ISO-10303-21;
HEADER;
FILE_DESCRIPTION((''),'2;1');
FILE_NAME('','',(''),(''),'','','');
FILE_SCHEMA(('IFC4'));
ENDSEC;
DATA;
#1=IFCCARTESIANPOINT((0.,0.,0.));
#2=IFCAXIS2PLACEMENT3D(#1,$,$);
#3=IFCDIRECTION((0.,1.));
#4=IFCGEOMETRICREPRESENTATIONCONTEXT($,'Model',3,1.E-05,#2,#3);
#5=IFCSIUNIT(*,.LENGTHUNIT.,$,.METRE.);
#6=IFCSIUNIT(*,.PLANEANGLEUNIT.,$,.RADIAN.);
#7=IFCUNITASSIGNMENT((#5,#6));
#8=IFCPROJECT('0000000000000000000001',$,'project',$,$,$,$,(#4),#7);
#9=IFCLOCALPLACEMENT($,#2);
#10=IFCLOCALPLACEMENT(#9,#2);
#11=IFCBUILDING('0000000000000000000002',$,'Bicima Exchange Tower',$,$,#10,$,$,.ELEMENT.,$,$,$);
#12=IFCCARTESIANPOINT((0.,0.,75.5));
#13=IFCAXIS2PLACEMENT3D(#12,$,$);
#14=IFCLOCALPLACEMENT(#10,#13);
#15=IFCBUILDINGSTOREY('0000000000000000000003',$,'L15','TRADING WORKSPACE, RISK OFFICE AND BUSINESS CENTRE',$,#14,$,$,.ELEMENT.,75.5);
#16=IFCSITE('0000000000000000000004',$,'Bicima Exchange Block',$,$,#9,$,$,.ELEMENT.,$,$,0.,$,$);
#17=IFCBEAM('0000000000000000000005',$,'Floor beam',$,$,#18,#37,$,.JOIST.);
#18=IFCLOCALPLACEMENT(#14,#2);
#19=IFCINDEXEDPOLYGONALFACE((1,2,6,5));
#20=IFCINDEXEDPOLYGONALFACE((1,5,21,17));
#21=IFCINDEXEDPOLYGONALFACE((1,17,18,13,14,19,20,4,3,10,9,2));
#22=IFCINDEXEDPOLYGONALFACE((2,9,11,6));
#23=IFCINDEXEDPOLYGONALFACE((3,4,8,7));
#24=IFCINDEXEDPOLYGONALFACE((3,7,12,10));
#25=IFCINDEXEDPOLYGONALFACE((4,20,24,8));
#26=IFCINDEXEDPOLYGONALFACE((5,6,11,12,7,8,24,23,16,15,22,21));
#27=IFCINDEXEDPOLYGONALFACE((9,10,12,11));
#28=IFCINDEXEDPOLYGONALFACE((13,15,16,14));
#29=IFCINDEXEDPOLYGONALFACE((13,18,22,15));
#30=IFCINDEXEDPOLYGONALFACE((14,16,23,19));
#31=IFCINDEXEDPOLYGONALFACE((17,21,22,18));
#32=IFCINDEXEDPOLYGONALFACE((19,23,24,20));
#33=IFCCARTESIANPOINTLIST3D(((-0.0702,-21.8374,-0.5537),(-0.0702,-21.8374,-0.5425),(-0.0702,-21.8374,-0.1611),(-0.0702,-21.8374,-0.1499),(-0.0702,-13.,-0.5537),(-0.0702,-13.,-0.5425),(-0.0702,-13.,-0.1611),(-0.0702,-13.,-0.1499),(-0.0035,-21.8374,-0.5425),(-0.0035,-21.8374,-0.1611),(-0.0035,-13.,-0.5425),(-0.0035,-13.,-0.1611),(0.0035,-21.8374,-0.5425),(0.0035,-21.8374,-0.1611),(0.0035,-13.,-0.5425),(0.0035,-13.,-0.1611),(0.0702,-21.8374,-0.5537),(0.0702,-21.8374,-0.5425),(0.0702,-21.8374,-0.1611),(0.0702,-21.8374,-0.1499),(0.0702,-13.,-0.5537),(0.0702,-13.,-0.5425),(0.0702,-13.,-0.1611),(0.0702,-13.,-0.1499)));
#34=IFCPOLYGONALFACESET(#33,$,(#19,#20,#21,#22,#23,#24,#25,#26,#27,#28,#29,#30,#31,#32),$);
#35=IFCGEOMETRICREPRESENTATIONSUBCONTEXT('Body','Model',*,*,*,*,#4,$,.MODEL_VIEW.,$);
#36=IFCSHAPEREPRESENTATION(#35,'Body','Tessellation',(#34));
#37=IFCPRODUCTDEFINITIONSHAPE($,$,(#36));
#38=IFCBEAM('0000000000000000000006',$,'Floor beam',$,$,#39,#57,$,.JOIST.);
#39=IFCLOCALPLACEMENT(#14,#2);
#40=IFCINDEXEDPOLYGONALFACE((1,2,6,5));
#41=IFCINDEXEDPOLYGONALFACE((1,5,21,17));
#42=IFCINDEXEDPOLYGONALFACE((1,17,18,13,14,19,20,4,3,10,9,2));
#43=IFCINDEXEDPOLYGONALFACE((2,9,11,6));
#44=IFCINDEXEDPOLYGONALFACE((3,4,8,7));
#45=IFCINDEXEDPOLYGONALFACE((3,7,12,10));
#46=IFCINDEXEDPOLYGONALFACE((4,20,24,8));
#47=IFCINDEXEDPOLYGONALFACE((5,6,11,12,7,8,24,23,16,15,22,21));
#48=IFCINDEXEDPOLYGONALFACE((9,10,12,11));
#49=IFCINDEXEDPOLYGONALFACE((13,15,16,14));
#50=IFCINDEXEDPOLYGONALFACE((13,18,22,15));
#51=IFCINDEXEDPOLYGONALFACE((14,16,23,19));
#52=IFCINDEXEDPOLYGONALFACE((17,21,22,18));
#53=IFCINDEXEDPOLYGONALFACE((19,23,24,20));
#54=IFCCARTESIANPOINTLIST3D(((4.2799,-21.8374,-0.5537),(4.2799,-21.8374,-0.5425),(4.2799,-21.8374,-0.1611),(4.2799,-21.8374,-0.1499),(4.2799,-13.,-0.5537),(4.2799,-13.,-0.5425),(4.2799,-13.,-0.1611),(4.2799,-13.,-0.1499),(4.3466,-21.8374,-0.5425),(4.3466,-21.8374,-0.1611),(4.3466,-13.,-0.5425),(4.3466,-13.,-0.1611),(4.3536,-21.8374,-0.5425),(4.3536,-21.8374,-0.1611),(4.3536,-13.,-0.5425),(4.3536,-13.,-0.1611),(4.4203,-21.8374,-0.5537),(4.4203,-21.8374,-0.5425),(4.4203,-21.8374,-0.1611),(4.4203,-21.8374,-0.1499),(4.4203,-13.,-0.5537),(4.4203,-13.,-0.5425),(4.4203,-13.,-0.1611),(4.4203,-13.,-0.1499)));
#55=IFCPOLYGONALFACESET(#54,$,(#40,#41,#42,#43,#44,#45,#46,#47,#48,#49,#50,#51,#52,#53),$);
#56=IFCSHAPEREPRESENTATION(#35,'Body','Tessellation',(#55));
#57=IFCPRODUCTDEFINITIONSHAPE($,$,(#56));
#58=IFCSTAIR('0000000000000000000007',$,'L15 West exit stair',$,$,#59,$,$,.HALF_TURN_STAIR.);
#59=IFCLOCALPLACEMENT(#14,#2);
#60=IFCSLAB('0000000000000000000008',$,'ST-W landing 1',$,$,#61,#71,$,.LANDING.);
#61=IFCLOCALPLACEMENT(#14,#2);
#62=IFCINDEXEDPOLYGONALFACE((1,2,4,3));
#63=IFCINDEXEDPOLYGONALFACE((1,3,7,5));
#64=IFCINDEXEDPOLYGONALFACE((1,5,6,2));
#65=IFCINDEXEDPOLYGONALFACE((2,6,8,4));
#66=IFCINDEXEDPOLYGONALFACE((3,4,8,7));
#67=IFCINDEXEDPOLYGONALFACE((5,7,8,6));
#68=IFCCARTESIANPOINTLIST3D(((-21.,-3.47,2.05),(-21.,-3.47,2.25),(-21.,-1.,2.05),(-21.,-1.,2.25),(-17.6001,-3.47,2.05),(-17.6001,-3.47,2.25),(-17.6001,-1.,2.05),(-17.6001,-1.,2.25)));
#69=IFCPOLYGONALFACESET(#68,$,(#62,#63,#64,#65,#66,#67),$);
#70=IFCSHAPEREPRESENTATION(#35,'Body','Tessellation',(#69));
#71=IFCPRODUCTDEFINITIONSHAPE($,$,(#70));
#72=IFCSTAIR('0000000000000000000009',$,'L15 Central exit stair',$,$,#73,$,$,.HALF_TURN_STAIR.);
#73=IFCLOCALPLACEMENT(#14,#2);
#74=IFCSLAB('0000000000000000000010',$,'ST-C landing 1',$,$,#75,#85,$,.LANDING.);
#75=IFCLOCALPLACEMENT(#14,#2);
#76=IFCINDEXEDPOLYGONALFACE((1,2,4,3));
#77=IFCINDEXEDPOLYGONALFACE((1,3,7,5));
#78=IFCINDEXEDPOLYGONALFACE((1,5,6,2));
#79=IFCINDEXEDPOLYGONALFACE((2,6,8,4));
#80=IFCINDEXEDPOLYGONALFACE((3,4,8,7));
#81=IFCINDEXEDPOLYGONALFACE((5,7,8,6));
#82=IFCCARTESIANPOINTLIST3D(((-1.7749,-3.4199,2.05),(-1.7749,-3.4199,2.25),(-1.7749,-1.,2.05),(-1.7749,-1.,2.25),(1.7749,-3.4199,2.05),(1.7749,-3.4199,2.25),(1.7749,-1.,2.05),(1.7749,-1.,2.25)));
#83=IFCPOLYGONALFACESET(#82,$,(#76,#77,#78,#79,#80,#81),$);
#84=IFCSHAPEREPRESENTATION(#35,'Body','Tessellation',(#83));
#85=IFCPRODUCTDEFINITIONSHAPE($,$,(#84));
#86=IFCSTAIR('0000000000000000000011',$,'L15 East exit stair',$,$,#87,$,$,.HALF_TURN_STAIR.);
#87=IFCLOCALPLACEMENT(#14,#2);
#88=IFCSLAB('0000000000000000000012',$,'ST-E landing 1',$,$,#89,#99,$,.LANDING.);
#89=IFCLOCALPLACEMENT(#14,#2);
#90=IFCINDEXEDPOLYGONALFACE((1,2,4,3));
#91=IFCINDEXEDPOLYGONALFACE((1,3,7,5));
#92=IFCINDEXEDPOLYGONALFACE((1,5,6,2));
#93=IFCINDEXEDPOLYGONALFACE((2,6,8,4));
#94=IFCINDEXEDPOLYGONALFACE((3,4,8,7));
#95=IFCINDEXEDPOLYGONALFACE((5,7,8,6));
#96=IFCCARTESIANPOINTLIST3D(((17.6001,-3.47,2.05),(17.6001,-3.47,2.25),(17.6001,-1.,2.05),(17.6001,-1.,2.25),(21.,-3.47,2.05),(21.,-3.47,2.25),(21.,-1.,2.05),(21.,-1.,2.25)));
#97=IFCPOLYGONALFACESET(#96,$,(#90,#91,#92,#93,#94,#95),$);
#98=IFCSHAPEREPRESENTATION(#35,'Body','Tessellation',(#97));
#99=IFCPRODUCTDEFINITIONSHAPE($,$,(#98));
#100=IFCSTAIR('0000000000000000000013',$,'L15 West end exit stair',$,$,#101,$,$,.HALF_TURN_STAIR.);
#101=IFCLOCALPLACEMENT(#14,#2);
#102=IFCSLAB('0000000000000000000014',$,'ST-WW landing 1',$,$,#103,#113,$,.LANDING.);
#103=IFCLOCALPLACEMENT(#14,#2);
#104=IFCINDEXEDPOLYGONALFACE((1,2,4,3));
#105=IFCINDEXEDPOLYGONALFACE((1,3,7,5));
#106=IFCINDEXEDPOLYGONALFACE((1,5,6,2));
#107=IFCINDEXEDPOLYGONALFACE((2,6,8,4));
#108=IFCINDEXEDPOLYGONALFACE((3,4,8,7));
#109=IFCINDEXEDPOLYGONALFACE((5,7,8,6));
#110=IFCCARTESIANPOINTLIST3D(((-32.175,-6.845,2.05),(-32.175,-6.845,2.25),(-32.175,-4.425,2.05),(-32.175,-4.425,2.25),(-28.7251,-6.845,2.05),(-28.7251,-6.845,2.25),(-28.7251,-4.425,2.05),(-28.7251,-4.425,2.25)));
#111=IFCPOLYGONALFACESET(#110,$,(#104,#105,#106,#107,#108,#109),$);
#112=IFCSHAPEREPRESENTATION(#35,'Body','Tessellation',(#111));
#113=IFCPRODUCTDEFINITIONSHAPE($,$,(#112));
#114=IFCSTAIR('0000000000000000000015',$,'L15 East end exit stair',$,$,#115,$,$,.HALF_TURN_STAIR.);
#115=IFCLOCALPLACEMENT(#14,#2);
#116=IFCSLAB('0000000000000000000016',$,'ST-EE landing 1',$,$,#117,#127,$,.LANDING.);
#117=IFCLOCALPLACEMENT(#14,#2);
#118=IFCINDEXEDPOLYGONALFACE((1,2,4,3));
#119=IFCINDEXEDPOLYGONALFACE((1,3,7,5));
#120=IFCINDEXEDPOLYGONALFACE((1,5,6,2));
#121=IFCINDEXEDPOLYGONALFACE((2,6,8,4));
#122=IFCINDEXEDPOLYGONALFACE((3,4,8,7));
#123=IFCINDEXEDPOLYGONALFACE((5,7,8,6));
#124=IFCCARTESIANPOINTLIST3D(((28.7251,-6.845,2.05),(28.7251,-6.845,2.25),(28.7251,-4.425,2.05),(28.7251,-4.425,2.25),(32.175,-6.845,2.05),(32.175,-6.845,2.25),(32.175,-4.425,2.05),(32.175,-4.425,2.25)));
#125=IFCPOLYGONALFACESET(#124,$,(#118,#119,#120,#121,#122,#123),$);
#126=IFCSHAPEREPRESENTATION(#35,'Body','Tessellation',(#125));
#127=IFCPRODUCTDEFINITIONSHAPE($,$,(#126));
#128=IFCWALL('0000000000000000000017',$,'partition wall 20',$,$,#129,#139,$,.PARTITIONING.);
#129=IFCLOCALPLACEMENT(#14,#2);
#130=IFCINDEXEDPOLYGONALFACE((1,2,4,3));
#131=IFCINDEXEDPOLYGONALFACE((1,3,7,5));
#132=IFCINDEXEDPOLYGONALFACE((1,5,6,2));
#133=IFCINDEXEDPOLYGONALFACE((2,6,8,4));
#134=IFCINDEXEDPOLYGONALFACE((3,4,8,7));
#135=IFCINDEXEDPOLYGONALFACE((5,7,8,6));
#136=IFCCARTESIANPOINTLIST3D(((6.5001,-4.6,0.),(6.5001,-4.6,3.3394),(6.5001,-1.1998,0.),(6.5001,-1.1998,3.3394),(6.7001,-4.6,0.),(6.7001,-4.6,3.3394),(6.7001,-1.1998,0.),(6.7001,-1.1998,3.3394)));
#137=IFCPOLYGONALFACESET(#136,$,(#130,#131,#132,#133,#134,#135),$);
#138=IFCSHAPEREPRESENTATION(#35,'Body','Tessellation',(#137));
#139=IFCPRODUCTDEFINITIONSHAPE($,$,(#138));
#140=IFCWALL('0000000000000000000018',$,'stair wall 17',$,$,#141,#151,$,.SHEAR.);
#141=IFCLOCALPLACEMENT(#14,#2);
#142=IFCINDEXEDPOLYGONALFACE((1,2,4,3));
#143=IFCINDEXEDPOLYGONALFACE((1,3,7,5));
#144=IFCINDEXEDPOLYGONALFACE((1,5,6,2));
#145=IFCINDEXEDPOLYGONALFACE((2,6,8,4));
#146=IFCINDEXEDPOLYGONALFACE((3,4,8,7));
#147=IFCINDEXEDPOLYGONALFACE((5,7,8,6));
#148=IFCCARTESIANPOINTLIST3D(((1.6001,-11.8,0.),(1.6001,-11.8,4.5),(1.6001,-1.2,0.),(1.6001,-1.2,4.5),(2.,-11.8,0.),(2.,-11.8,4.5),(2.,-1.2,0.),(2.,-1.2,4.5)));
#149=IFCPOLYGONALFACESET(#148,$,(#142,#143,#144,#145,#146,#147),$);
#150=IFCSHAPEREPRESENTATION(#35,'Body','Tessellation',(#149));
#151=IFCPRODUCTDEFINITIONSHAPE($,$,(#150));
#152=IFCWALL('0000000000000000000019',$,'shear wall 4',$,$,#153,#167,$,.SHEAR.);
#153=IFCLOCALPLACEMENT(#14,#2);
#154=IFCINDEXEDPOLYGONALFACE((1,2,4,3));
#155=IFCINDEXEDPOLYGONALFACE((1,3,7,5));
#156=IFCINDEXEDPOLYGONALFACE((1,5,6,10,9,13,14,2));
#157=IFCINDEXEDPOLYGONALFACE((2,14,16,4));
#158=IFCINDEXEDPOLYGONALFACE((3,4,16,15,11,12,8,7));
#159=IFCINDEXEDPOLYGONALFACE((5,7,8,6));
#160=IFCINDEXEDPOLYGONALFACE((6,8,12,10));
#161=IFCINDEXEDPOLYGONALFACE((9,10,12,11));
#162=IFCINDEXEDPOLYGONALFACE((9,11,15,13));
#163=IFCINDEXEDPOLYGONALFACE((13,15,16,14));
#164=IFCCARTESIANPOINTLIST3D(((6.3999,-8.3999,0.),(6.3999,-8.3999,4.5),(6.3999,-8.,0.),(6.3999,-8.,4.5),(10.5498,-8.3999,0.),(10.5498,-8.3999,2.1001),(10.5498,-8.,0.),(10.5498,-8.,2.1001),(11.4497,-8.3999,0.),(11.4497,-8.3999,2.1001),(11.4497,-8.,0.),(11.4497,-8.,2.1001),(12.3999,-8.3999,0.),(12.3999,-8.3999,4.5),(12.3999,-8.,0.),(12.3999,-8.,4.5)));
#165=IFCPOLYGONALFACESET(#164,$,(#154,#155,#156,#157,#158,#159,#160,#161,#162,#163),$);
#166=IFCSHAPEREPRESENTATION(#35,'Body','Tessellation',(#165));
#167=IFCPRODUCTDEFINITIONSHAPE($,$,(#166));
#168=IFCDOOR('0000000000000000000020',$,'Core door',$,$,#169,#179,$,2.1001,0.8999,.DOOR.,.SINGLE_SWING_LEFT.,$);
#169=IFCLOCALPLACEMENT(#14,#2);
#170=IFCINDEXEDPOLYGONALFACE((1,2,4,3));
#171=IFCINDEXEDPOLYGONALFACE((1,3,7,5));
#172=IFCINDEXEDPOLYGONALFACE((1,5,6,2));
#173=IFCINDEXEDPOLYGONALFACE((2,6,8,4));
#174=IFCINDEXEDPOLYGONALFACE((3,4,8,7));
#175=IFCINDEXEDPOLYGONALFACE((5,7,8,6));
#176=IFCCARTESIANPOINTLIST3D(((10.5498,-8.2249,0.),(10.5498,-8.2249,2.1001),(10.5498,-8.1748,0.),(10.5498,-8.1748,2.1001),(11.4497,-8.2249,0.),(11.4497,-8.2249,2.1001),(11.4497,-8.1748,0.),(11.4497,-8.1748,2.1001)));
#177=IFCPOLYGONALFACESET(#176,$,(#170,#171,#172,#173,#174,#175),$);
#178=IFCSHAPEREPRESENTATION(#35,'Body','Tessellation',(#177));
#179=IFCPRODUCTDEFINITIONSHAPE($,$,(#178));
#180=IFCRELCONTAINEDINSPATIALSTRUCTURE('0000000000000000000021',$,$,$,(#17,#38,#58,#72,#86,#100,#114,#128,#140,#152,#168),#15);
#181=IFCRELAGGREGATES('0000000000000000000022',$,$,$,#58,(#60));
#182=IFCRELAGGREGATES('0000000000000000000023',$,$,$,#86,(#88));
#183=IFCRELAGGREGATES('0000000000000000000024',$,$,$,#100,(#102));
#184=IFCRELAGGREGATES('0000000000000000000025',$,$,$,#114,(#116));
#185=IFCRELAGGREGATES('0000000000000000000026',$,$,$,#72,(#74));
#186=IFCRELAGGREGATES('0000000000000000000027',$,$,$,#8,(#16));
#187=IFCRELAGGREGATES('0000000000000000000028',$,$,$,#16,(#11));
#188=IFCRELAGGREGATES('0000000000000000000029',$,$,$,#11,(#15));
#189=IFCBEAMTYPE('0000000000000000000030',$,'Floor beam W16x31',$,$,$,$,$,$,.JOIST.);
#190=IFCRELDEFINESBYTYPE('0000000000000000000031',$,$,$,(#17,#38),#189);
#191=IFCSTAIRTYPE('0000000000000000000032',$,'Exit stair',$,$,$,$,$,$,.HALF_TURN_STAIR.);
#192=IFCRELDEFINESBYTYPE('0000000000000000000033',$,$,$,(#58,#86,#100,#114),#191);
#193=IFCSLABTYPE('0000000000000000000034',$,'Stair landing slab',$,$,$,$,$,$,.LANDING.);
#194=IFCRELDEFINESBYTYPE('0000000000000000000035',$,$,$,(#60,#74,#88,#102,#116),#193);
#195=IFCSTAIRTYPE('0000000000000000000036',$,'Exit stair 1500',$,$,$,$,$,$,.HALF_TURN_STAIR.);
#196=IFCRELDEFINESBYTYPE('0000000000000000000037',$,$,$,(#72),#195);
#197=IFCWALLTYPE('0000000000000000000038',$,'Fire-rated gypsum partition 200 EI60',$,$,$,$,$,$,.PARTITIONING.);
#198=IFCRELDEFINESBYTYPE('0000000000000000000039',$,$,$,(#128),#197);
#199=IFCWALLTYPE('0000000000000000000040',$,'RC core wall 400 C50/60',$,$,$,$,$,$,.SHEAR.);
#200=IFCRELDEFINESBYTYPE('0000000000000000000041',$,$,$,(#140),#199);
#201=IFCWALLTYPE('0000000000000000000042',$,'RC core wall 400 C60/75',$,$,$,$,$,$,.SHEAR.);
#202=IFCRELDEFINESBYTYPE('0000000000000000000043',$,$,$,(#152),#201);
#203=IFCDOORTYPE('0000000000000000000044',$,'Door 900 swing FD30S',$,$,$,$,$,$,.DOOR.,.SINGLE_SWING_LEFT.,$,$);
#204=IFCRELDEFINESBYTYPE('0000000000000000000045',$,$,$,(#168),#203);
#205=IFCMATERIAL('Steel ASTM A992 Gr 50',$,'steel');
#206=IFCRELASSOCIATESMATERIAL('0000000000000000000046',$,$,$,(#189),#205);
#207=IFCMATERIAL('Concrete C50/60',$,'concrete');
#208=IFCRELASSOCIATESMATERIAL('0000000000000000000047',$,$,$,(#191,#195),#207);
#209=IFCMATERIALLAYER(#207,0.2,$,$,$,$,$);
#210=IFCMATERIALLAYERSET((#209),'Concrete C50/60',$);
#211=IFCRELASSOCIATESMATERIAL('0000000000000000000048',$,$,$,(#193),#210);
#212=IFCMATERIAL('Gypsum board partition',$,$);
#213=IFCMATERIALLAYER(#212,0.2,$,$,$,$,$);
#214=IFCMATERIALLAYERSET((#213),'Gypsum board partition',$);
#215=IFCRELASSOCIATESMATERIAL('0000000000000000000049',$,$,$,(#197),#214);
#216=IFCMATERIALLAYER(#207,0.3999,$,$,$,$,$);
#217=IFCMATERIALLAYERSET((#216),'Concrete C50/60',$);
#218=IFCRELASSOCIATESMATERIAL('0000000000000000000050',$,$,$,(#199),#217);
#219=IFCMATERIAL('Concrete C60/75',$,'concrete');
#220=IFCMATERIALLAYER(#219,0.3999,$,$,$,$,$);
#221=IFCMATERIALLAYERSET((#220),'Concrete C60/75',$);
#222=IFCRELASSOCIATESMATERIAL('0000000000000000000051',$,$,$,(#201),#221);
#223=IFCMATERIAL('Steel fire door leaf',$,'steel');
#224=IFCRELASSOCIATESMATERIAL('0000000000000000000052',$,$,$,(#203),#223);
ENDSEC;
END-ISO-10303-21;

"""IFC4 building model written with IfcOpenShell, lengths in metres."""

from ifc_helpers import new_model, si_unit, direction, frame, frame_2d, origin, origin_2d, place, context, subcontext, project, spatial, polyline, rectangle, i_section, outline, extrude, material, layer, layer_set, material_profile, profile_set, type_object, element, fill, aggregate, save


model = new_model("IFC4")

# Units and contexts
model_context = context("Model", 3, precision=1e-05, world=origin(), true_north=direction((0.0, 1.0)))
body_context = subcontext(model_context, "Body", "Model", "MODEL_VIEW")
ifc_project = project(units=[si_unit("LENGTHUNIT", "METRE"), si_unit("PLANEANGLEUNIT", "RADIAN")], contexts=[model_context])

# Site, building, storey
site_placement = place(None, origin())
site = spatial("IfcSite", under=ifc_project, at=site_placement, Name="Bicima Exchange Block", CompositionType="ELEMENT", RefElevation=0.0)
building_placement = place(site_placement, origin())
building = spatial("IfcBuilding", under=site, at=building_placement, Name="Bicima Exchange Tower", CompositionType="ELEMENT")
storey_placement = place(building_placement, frame((0.0, 0.0, 75.5)))
storey = spatial("IfcBuildingStorey", under=building, at=storey_placement, Name="L15", Description="TRADING WORKSPACE, RISK OFFICE AND BUSINESS CENTRE", CompositionType="ELEMENT", Elevation=75.5)

# Beams
ifc_material_1 = material(Name="Steel ASTM A992 Gr 50", Category="steel")
ifc_material_profile = material_profile(ifc_material_1, i_section(OverallWidth=0.1404, OverallDepth=0.4038, WebThickness=0.0071, FlangeThickness=0.0112, at=origin_2d()))
ifc_profile_set = profile_set([ifc_material_profile], Name="Steel ASTM A992 Gr 50")
beam_type = type_object("IfcBeamType", Name="Floor beam W16x31", PredefinedType="JOIST", material=ifc_profile_set)
for number, where, z_axis, x_axis, name in (
    (1, (0.0, -13.0, -0.3518), (0.0, -1.0, 0.0), (1.0, 0.0, 0.0), "Floor beam"),
    (2, (4.3501, -13.0, -0.3518), (0.0, -1.0, 0.0), (1.0, 0.0, 0.0), "Floor beam"),
):
    element("IfcBeam", number, at=place(storey_placement, frame(where, z_axis=z_axis, x_axis=x_axis)), inside=storey, type_object=beam_type, Name=name, PredefinedType="JOIST", context=body_context, shape_type="SweptSolid", body=[
        extrude(i_section(OverallWidth=0.1404, OverallDepth=0.4038, WebThickness=0.0071, FlangeThickness=0.0112, at=origin_2d()), origin(), (0.0, 0.0, 1.0), 8.8374),
    ])

# Stairs, slabs
ifc_material_2 = material(Name="Concrete C50/60", Category="concrete")
stair_type_1 = type_object("IfcStairType", Name="Exit stair", PredefinedType="HALF_TURN_STAIR", material=ifc_material_2)
stair_1_placement = place(storey_placement, origin())
stair_1 = element("IfcStair", 3, at=stair_1_placement, inside=storey, type_object=stair_type_1, Name="L15 West exit stair", PredefinedType="HALF_TURN_STAIR")
ifc_layer_1 = layer(ifc_material_2, 0.2)
ifc_layer_set_1 = layer_set([ifc_layer_1], Name="Concrete C50/60")
slab_type = type_object("IfcSlabType", Name="Stair landing slab", PredefinedType="LANDING", material=ifc_layer_set_1)
slab_1_placement = place(storey_placement, frame((0.0, 0.0, 2.05)))
slab_1 = element("IfcSlab", 4, at=slab_1_placement, type_object=slab_type, Name="ST-W landing 1", PredefinedType="LANDING", context=body_context, shape_type="SweptSolid", body=[
    extrude(outline(polyline([(-17.6001, -3.47), (-17.6001, -1.0), (-21.0, -1.0), (-21.0, -3.47), (-17.6001, -3.47)])), origin(), (0.0, 0.0, 1.0), 0.2),
])
aggregate(stair_1, [slab_1])
stair_type_2 = type_object("IfcStairType", Name="Exit stair 1500", PredefinedType="HALF_TURN_STAIR", material=ifc_material_2)
stair_2_placement = place(storey_placement, origin())
stair_2 = element("IfcStair", 5, at=stair_2_placement, inside=storey, type_object=stair_type_2, Name="L15 Central exit stair", PredefinedType="HALF_TURN_STAIR")
slab_2_placement = place(storey_placement, frame((0.0, 0.0, 2.05)))
slab_2 = element("IfcSlab", 6, at=slab_2_placement, type_object=slab_type, Name="ST-C landing 1", PredefinedType="LANDING", context=body_context, shape_type="SweptSolid", body=[
    extrude(outline(polyline([(1.7749, -3.4199), (1.7749, -1.0), (-1.7749, -1.0), (-1.7749, -3.4199), (1.7749, -3.4199)])), origin(), (0.0, 0.0, 1.0), 0.2),
])
stair_3_placement = place(storey_placement, origin())
stair_3 = element("IfcStair", 7, at=stair_3_placement, inside=storey, type_object=stair_type_1, Name="L15 East exit stair", PredefinedType="HALF_TURN_STAIR")
slab_3_placement = place(storey_placement, frame((0.0, 0.0, 2.05)))
slab_3 = element("IfcSlab", 8, at=slab_3_placement, type_object=slab_type, Name="ST-E landing 1", PredefinedType="LANDING", context=body_context, shape_type="SweptSolid", body=[
    extrude(outline(polyline([(21.0, -3.47), (21.0, -1.0), (17.6001, -1.0), (17.6001, -3.47), (21.0, -3.47)])), origin(), (0.0, 0.0, 1.0), 0.2),
])
aggregate(stair_3, [slab_3])
stair_4_placement = place(storey_placement, origin())
stair_4 = element("IfcStair", 9, at=stair_4_placement, inside=storey, type_object=stair_type_1, Name="L15 West end exit stair", PredefinedType="HALF_TURN_STAIR")
slab_4_placement = place(storey_placement, frame((0.0, 0.0, 2.05)))
slab_4 = element("IfcSlab", 10, at=slab_4_placement, type_object=slab_type, Name="ST-WW landing 1", PredefinedType="LANDING", context=body_context, shape_type="SweptSolid", body=[
    extrude(outline(polyline([(-28.7251, -6.845), (-28.7251, -4.425), (-32.175, -4.425), (-32.175, -6.845), (-28.7251, -6.845)])), origin(), (0.0, 0.0, 1.0), 0.2),
])
aggregate(stair_4, [slab_4])
stair_5_placement = place(storey_placement, origin())
stair_5 = element("IfcStair", 11, at=stair_5_placement, inside=storey, type_object=stair_type_1, Name="L15 East end exit stair", PredefinedType="HALF_TURN_STAIR")
slab_5_placement = place(storey_placement, frame((0.0, 0.0, 2.05)))
slab_5 = element("IfcSlab", 12, at=slab_5_placement, type_object=slab_type, Name="ST-EE landing 1", PredefinedType="LANDING", context=body_context, shape_type="SweptSolid", body=[
    extrude(outline(polyline([(32.175, -6.845), (32.175, -4.425), (28.7251, -4.425), (28.7251, -6.845), (32.175, -6.845)])), origin(), (0.0, 0.0, 1.0), 0.2),
])
aggregate(stair_5, [slab_5])

# Walls
ifc_material_3 = material(Name="Gypsum board partition")
ifc_layer_2 = layer(ifc_material_3, 0.2)
ifc_layer_set_2 = layer_set([ifc_layer_2], Name="Gypsum board partition")
wall_type_1 = type_object("IfcWallType", Name="Fire-rated gypsum partition 200 EI60", PredefinedType="PARTITIONING", material=ifc_layer_set_2)
wall_1_placement = place(storey_placement, frame((6.6001, -4.6001, 0.0), z_axis=(0.0, 0.0, 1.0), x_axis=(0.0, 1.0, 0.0)))
element("IfcWall", 13, at=wall_1_placement, inside=storey, type_object=wall_type_1, Name="partition wall 20", PredefinedType="PARTITIONING", context=body_context, shape_type="SweptSolid", body=[
    extrude(rectangle(XDim=3.4001, YDim=0.2, at=frame_2d((1.7002, 0.0))), origin(), (0.0, 0.0, 1.0), 3.3394),
])
ifc_layer_3 = layer(ifc_material_2, 0.3999)
ifc_layer_set_3 = layer_set([ifc_layer_3], Name="Concrete C50/60")
wall_type_2 = type_object("IfcWallType", Name="RC core wall 400 C50/60", PredefinedType="SHEAR", material=ifc_layer_set_3)
wall_2_placement = place(storey_placement, frame((1.8, -11.8, 0.0), z_axis=(0.0, 0.0, 1.0), x_axis=(0.0, 1.0, 0.0)))
element("IfcWall", 14, at=wall_2_placement, inside=storey, type_object=wall_type_2, Name="stair wall 17", PredefinedType="SHEAR", context=body_context, shape_type="SweptSolid", body=[
    extrude(rectangle(XDim=10.6001, YDim=0.3999, at=frame_2d((5.3, 0.0))), origin(), (0.0, 0.0, 1.0), 4.5),
])

# Wall, opening, door
ifc_material_4 = material(Name="Concrete C60/75", Category="concrete")
ifc_layer_4 = layer(ifc_material_4, 0.3999)
ifc_layer_set_4 = layer_set([ifc_layer_4], Name="Concrete C60/75")
wall_type_3 = type_object("IfcWallType", Name="RC core wall 400 C60/75", PredefinedType="SHEAR", material=ifc_layer_set_4)
wall_3_placement = place(storey_placement, frame((6.3999, -8.2, 0.0), z_axis=(0.0, 0.0, 1.0), x_axis=(1.0, 0.0, 0.0)))
wall_3 = element("IfcWall", 15, at=wall_3_placement, inside=storey, type_object=wall_type_3, Name="shear wall 4", PredefinedType="SHEAR", context=body_context, shape_type="SweptSolid", body=[
    extrude(rectangle(XDim=6.0, YDim=0.3999, at=frame_2d((3.0, 0.0))), origin(), (0.0, 0.0, 1.0), 4.5),
])
opening_1_placement = place(wall_3_placement, frame((4.1499, 0.0, 0.0)))
opening_1 = element("IfcOpeningElement", 16, at=opening_1_placement, cuts=wall_3, PredefinedType="OPENING", context=body_context, shape_type="SweptSolid", body=[
    extrude(rectangle(XDim=0.8999, YDim=2.1001, at=frame_2d((0.45, 1.05))), frame((0.0, 0.2119, 0.0), z_axis=(0.0, -1.0, 0.0), x_axis=(1.0, 0.0, 0.0)), (0.0, 0.0, 1.0), 0.4238),
])
ifc_material_5 = material(Name="Steel fire door leaf", Category="steel")
door_type_1 = type_object("IfcDoorType", Name="Door 900 swing FD30S", OperationType="SINGLE_SWING_LEFT", PredefinedType="DOOR", material=ifc_material_5)
door_1_placement = place(opening_1_placement, frame((0.8999, 0.0, 0.0), z_axis=(0.0, 0.0, 1.0), x_axis=(-1.0, 0.0, 0.0)))
door_1 = element("IfcDoor", 17, at=door_1_placement, inside=storey, type_object=door_type_1, Name="Core door", OperationType="SINGLE_SWING_LEFT", OverallHeight=2.1001, OverallWidth=0.8999, PredefinedType="DOOR", context=body_context, shape_type="SweptSolid", body=[
    extrude(rectangle(XDim=0.8999, YDim=2.1001, at=frame_2d((0.45, 1.05))), frame((0.0, 0.0249, 0.0), z_axis=(0.0, -1.0, 0.0), x_axis=(1.0, 0.0, 0.0)), (0.0, 0.0, 1.0), 0.05),
])
fill(opening_1, door_1)

aggregate(stair_2, [slab_2])

save(model, "model.ifc")
